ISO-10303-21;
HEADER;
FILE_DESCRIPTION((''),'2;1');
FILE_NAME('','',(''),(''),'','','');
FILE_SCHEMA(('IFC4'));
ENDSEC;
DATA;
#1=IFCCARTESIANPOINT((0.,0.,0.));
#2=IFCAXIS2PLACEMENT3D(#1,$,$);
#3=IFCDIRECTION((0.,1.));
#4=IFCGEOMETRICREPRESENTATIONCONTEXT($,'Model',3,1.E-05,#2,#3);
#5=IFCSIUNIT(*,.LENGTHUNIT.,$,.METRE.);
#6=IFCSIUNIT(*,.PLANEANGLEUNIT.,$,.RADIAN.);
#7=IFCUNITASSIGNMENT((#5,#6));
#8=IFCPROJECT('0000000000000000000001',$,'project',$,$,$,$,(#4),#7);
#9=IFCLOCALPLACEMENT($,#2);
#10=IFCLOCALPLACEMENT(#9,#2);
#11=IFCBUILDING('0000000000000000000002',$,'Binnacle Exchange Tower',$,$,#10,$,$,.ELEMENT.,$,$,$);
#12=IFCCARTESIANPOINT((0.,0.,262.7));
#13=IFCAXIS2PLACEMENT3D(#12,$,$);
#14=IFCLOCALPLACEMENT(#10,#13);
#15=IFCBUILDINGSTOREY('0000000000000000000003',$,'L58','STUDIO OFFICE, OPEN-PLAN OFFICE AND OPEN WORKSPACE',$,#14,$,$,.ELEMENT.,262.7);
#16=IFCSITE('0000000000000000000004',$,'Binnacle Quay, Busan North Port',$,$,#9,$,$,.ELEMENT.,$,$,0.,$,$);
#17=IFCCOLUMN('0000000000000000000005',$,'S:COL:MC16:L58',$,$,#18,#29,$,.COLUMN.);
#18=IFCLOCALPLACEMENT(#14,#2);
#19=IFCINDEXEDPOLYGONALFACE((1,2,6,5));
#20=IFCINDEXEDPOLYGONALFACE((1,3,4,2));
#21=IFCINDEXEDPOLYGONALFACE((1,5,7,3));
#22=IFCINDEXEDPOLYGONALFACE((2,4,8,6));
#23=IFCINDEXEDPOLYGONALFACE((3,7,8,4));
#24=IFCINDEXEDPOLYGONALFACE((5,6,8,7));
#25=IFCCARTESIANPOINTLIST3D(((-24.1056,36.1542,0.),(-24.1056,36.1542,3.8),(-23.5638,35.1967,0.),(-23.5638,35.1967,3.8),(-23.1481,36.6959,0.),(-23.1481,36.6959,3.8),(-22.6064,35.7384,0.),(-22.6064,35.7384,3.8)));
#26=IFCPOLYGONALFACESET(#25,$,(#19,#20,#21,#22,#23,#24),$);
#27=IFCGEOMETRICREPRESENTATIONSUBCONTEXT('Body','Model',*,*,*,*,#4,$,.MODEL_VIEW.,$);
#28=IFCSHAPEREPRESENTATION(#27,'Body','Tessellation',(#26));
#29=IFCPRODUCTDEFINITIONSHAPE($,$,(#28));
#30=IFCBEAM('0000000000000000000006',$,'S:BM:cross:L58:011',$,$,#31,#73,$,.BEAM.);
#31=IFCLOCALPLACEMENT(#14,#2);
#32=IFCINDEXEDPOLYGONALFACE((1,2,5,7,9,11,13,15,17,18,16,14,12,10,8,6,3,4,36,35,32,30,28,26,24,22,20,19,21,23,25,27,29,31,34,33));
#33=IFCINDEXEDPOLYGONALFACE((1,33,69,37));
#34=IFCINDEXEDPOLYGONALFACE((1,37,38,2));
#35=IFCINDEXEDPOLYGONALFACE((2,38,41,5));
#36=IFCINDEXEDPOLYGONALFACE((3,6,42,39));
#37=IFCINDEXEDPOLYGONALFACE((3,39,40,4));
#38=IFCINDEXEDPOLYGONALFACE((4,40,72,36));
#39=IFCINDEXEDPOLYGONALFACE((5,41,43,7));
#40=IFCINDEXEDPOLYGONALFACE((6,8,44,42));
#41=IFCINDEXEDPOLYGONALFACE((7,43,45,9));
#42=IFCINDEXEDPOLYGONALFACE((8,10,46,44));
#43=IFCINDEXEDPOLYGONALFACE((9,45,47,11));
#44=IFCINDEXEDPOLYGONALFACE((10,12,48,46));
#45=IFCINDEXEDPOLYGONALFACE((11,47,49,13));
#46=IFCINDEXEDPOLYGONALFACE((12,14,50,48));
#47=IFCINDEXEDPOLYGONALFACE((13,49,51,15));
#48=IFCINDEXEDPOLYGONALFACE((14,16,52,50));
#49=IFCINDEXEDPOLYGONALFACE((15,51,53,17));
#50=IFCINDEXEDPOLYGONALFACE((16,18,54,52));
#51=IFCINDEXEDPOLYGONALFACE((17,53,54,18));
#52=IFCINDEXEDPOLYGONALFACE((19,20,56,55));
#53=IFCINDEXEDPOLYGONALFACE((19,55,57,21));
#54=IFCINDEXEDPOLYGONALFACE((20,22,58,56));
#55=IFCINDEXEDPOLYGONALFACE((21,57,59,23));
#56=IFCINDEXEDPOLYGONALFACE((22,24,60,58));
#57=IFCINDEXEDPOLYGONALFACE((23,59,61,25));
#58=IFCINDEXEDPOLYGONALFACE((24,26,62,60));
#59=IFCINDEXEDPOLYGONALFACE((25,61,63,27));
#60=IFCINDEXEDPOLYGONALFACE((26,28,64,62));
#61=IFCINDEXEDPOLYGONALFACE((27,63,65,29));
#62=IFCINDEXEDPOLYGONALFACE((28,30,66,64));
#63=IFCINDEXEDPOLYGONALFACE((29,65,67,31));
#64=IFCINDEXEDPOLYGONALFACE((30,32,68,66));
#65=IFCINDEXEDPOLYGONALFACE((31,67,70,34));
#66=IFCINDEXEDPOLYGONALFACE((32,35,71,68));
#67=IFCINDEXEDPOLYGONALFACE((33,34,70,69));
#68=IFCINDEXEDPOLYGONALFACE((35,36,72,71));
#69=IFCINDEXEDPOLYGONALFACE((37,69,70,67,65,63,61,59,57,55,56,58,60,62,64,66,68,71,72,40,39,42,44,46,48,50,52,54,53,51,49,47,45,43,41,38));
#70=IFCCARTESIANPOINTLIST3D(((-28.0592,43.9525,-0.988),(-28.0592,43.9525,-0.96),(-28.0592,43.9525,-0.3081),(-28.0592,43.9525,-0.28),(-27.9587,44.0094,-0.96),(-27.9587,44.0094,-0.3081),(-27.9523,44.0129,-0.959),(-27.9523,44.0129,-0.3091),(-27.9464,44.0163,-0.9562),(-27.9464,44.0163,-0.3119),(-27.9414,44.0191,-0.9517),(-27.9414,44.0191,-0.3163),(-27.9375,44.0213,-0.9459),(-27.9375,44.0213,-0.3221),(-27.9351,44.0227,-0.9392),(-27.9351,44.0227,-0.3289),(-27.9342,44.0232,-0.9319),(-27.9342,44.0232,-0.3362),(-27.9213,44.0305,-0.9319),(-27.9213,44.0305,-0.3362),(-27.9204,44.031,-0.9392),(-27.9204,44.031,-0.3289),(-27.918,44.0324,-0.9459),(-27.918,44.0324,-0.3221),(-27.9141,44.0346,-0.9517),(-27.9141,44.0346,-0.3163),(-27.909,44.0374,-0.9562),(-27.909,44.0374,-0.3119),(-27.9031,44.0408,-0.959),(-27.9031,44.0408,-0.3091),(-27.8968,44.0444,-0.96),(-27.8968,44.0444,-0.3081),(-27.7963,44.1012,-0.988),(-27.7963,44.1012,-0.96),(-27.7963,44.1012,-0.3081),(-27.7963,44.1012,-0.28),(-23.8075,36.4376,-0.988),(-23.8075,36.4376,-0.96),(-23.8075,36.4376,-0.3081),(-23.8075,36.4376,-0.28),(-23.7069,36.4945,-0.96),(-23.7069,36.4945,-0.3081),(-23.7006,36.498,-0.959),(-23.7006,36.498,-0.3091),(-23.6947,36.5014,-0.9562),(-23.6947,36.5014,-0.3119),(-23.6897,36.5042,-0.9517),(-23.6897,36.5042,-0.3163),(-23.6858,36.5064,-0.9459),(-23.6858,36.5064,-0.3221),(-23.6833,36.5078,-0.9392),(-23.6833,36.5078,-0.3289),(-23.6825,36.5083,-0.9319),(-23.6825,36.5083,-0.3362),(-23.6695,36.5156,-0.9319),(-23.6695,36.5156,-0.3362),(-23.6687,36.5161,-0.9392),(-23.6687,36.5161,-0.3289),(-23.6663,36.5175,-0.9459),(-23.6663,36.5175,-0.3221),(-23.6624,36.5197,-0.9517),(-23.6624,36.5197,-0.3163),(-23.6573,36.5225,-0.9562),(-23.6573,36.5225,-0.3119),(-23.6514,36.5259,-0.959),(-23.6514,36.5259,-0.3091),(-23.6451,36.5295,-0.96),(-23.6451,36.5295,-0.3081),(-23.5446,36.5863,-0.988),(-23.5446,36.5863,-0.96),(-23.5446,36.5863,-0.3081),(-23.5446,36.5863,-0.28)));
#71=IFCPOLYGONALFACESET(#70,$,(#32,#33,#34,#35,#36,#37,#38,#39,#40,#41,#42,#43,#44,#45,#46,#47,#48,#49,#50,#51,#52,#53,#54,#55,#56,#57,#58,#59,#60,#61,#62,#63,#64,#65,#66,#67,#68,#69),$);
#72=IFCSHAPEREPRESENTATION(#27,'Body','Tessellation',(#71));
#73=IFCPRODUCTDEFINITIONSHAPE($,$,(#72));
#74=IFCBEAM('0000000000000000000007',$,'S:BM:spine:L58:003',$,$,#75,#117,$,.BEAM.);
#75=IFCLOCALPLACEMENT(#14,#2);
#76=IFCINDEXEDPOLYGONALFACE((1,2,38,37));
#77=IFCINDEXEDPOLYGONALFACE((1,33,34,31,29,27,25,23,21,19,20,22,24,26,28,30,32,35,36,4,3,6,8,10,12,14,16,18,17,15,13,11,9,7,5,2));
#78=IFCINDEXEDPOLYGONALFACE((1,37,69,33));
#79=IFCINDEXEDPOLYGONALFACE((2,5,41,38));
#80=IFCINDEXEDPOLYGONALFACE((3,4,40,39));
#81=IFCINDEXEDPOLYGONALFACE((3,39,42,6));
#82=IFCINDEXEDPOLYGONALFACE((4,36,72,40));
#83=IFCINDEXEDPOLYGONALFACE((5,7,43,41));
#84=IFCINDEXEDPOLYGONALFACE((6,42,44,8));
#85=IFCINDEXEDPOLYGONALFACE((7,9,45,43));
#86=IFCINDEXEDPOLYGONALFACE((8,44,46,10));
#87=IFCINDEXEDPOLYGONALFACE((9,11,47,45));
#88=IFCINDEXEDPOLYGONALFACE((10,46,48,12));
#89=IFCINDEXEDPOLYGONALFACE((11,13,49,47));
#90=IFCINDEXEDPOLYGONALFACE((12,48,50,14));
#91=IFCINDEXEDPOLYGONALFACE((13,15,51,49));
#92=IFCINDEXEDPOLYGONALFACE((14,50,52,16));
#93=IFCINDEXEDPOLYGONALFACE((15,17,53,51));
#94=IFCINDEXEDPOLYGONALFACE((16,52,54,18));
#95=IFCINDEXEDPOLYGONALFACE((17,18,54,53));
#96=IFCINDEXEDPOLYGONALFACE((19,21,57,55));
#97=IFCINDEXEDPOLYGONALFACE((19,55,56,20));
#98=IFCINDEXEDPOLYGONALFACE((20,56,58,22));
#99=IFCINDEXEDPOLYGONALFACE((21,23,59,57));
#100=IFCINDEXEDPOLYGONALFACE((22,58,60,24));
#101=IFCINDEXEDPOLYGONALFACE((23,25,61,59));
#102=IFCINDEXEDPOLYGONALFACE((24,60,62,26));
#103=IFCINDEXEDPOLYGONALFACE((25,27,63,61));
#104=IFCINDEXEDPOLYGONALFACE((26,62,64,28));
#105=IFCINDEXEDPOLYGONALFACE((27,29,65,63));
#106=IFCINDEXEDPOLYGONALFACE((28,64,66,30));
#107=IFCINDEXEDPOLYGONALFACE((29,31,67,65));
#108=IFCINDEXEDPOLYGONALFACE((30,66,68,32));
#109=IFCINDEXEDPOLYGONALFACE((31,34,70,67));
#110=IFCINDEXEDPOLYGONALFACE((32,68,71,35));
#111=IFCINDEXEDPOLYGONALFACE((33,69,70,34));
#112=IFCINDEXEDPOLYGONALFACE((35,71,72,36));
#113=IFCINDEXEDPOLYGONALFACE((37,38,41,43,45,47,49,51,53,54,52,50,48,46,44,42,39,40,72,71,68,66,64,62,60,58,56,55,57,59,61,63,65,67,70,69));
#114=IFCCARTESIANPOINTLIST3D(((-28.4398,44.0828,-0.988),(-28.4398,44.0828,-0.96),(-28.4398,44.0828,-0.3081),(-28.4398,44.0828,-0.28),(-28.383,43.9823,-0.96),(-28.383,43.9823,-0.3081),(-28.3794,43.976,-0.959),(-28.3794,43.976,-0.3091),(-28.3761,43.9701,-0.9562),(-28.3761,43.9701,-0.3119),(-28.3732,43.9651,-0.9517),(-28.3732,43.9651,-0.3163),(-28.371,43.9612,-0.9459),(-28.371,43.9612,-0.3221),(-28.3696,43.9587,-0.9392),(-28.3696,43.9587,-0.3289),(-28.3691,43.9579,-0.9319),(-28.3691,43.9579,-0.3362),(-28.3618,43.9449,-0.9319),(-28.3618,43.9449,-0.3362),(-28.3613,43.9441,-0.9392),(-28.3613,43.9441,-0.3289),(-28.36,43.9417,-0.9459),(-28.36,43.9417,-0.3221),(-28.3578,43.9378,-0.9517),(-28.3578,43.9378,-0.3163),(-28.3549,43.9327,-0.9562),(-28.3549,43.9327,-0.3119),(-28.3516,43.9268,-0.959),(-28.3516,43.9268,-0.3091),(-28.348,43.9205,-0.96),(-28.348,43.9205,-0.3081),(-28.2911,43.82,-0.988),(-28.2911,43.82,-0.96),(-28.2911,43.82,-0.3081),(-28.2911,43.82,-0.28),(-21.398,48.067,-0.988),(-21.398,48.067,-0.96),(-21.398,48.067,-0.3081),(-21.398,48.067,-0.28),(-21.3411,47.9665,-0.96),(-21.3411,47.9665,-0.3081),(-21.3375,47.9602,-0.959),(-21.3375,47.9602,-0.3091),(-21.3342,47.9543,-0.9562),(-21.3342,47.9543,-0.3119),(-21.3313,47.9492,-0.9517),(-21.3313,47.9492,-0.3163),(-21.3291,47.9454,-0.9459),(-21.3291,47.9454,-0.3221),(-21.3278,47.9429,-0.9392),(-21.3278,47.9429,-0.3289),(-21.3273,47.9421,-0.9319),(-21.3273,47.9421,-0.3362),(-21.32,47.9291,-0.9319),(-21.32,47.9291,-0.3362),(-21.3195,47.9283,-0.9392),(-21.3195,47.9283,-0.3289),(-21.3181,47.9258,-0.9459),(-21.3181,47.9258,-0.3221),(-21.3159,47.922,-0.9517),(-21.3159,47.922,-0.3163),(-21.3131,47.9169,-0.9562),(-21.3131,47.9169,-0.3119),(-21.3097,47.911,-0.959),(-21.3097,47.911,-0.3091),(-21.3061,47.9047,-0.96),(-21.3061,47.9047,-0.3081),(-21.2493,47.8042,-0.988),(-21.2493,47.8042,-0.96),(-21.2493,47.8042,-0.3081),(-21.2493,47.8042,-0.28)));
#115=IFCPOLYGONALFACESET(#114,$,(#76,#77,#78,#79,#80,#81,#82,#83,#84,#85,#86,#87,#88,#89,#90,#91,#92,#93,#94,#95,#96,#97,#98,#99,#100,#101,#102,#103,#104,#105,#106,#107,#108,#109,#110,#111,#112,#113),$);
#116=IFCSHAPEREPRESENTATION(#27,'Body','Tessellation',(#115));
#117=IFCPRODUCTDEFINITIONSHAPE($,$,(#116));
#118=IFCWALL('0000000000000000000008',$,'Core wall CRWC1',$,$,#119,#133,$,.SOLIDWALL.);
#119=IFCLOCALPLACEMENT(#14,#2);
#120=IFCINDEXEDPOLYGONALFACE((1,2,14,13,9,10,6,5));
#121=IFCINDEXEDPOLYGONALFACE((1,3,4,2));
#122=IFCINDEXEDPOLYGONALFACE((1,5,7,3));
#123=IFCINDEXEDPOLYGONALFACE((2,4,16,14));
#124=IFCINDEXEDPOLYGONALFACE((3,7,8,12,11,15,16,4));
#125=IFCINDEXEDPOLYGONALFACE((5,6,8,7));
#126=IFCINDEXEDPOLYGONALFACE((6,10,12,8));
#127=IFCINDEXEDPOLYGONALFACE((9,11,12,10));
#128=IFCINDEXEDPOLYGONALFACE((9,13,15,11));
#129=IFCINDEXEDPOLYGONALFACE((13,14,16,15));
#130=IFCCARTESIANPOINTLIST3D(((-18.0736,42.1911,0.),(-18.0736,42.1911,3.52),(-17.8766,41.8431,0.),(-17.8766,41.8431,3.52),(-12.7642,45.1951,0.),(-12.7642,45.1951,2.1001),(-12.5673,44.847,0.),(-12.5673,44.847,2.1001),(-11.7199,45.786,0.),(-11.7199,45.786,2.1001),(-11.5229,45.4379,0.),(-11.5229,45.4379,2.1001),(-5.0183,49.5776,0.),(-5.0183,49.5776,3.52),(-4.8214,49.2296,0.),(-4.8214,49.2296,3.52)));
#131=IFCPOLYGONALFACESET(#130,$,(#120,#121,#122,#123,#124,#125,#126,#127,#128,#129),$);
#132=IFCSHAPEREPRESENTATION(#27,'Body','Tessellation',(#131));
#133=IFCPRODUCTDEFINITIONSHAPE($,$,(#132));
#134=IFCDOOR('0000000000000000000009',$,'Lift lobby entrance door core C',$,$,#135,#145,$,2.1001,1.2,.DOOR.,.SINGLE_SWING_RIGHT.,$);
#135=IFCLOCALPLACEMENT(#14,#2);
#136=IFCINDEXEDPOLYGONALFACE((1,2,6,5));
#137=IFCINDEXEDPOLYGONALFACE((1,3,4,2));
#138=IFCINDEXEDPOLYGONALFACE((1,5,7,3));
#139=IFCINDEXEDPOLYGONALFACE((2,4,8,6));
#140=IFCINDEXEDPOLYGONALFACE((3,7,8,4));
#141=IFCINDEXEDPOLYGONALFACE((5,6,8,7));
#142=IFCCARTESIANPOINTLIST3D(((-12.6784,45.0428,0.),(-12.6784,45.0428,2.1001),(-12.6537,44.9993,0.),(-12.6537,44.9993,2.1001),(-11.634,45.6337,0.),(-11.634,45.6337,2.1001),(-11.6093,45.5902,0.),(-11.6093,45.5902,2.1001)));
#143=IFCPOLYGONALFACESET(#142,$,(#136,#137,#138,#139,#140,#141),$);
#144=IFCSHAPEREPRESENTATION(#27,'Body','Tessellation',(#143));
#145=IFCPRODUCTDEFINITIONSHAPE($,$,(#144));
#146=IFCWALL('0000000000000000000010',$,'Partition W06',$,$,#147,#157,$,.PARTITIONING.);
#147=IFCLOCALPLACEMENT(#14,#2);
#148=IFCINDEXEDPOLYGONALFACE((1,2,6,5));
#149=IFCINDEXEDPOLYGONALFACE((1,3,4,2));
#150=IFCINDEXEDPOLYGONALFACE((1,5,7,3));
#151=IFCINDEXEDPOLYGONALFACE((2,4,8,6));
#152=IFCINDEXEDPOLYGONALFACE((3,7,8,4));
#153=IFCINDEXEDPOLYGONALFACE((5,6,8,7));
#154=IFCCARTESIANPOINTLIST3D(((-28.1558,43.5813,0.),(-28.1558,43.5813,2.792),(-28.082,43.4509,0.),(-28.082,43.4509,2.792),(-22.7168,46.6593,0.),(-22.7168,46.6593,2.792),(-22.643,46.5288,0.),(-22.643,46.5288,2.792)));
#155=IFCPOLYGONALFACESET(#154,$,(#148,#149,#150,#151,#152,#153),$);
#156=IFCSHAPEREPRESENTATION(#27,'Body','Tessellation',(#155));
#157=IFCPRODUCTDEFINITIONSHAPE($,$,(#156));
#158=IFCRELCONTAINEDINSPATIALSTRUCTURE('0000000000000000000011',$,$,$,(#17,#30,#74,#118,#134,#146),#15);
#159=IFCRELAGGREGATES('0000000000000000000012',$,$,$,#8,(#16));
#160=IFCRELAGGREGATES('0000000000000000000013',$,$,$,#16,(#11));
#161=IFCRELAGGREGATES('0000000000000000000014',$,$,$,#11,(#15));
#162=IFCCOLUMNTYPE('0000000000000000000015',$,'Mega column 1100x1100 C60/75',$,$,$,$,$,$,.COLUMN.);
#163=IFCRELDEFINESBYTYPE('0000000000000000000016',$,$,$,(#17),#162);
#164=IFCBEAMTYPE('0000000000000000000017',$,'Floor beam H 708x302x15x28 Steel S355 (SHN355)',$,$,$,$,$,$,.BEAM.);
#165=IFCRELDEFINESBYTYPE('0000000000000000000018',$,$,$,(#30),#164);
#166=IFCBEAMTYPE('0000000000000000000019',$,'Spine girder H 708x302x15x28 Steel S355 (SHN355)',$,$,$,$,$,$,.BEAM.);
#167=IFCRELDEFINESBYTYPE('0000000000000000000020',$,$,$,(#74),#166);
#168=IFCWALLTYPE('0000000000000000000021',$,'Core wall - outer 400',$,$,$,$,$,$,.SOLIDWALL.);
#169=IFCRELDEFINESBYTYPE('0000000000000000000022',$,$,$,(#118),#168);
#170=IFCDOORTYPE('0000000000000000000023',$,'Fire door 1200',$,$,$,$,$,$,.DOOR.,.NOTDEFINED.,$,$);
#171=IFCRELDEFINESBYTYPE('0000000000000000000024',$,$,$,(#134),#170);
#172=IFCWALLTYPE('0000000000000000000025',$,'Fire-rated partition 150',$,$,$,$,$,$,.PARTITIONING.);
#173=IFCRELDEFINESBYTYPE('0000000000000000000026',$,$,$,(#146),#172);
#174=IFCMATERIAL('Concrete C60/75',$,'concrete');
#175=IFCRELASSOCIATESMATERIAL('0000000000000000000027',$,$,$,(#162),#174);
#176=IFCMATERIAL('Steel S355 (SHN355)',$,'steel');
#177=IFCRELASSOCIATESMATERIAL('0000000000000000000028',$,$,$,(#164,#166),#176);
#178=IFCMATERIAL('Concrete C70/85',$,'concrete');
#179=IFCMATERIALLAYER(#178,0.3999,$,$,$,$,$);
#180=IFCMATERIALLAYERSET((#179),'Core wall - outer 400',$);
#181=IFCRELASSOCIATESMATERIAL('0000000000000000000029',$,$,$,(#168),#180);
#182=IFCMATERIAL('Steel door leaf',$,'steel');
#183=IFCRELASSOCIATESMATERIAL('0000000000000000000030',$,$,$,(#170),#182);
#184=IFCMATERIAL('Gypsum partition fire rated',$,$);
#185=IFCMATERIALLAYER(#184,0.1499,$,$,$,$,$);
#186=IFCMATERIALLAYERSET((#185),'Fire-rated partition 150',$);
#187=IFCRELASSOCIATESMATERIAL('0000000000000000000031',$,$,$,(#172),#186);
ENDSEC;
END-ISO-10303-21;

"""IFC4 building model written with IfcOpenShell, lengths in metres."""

from ifc_helpers import new_model, si_unit, direction, frame, frame_2d, origin, origin_2d, place, context, subcontext, project, spatial, rectangle, i_section, extrude, material, layer, layer_set, material_profile, profile_set, type_object, element, fill, save


model = new_model("IFC4")

# Units and contexts
model_context = context("Model", 3, precision=1e-05, world=origin(), true_north=direction((0.0, 1.0)))
body_context = subcontext(model_context, "Body", "Model", "MODEL_VIEW")
ifc_project = project(units=[si_unit("LENGTHUNIT", "METRE"), si_unit("PLANEANGLEUNIT", "RADIAN")], contexts=[model_context])

# Site, building, storey
site_placement = place(None, origin())
site = spatial("IfcSite", under=ifc_project, at=site_placement, Name="Binnacle Quay, Busan North Port", CompositionType="ELEMENT", RefElevation=0.0)
building_placement = place(site_placement, origin())
building = spatial("IfcBuilding", under=site, at=building_placement, Name="Binnacle Exchange Tower", CompositionType="ELEMENT")
storey_placement = place(building_placement, frame((0.0, 0.0, 262.7)))
storey = spatial("IfcBuildingStorey", under=building, at=storey_placement, Name="L58", Description="STUDIO OFFICE, OPEN-PLAN OFFICE AND OPEN WORKSPACE", CompositionType="ELEMENT", Elevation=262.7)

# Column
ifc_material_1 = material(Name="Concrete C60/75", Category="concrete")
ifc_material_profile_1 = material_profile(ifc_material_1, rectangle(XDim=1.1001, YDim=1.1001, at=origin_2d()), Name="Mega column 1100x1100 C60/75")
ifc_profile_set_1 = profile_set([ifc_material_profile_1], Name="Concrete C60/75")
column_type = type_object("IfcColumnType", Name="Mega column 1100x1100 C60/75", PredefinedType="COLUMN", material=ifc_profile_set_1)
column_placement = place(storey_placement, frame((-23.356, 35.9463, 0.0), z_axis=(0.0, 0.0, 1.0), x_axis=(0.870356, 0.492424, 0.0)))
element("IfcColumn", 1, at=column_placement, inside=storey, type_object=column_type, Name="S:COL:MC16:L58", PredefinedType="COLUMN", context=body_context, shape_type="SweptSolid", body=[
    extrude(rectangle(XDim=1.1001, YDim=1.1001, at=origin_2d()), origin(), (0.0, 0.0, 1.0), 3.8),
])

# Beams
ifc_material_2 = material(Name="Steel S355 (SHN355)", Category="steel")
ifc_material_profile_2 = material_profile(ifc_material_2, i_section(OverallWidth=0.302, OverallDepth=0.708, WebThickness=0.0149, FlangeThickness=0.0281, FilletRadius=0.0281, at=origin_2d()), Name="H 708x302x15x28")
ifc_profile_set_2 = profile_set([ifc_material_profile_2], Name="Steel S355 (SHN355)")
beam_type_1 = type_object("IfcBeamType", Name="Floor beam H 708x302x15x28 Steel S355 (SHN355)", PredefinedType="BEAM", material=ifc_profile_set_2)
beam_1_placement = place(storey_placement, frame((-23.676, 36.512, -0.634), z_axis=(-0.492422, 0.870356, 0.0), x_axis=(-0.870356, -0.492422, 0.0)))
element("IfcBeam", 2, at=beam_1_placement, inside=storey, type_object=beam_type_1, Name="S:BM:cross:L58:011", PredefinedType="BEAM", context=body_context, shape_type="SweptSolid", body=[
    extrude(i_section(OverallWidth=0.302, OverallDepth=0.708, WebThickness=0.0149, FlangeThickness=0.0281, FilletRadius=0.0281, at=origin_2d()), origin(), (0.0, 0.0, 1.0), 8.6343),
])
ifc_material_profile_3 = material_profile(ifc_material_2, i_section(OverallWidth=0.302, OverallDepth=0.708, WebThickness=0.0149, FlangeThickness=0.0281, FilletRadius=0.0281, at=origin_2d()), Name="H 708x302x15x28")
ifc_profile_set_3 = profile_set([ifc_material_profile_3], Name="Steel S355 (SHN355)")
beam_type_2 = type_object("IfcBeamType", Name="Spine girder H 708x302x15x28 Steel S355 (SHN355)", PredefinedType="BEAM", material=ifc_profile_set_3)
beam_2_placement = place(storey_placement, frame((-28.3655, 43.9514, -0.634), z_axis=(0.87035, 0.492433, 0.0), x_axis=(-0.492433, 0.87035, 0.0)))
element("IfcBeam", 3, at=beam_2_placement, inside=storey, type_object=beam_type_2, Name="S:BM:spine:L58:003", PredefinedType="BEAM", context=body_context, shape_type="SweptSolid", body=[
    extrude(i_section(OverallWidth=0.302, OverallDepth=0.708, WebThickness=0.0149, FlangeThickness=0.0281, FilletRadius=0.0281, at=origin_2d()), origin(), (0.0, 0.0, 1.0), 8.0908),
])

# Wall, opening, door
ifc_material_3 = material(Name="Concrete C70/85", Category="concrete")
ifc_layer_1 = layer(ifc_material_3, 0.3999)
ifc_layer_set_1 = layer_set([ifc_layer_1], Name="Core wall - outer 400")
wall_type_1 = type_object("IfcWallType", Name="Core wall - outer 400", PredefinedType="SOLIDWALL", material=ifc_layer_set_1)
wall_1_placement = place(storey_placement, frame((-17.9751, 42.0171, 0.0), z_axis=(0.0, 0.0, 1.0), x_axis=(0.87035, 0.492434, 0.0)))
wall_1 = element("IfcWall", 4, at=wall_1_placement, inside=storey, type_object=wall_type_1, Name="Core wall CRWC1", PredefinedType="SOLIDWALL", context=body_context, shape_type="SweptSolid", body=[
    extrude(rectangle(XDim=15.0, YDim=0.3999, at=frame_2d((7.5, 0.0))), origin(), (0.0, 0.0, 1.0), 3.52),
])
opening_1_placement = place(wall_1_placement, frame((6.1001, 0.0, 0.0)))
opening_1 = element("IfcOpeningElement", 5, at=opening_1_placement, cuts=wall_1, PredefinedType="OPENING", context=body_context, shape_type="SweptSolid", body=[
    extrude(rectangle(XDim=1.2, YDim=2.1001, at=frame_2d((0.6001, 1.05))), frame((0.0, 0.21, 0.0), z_axis=(0.0, -1.0, 0.0), x_axis=(1.0, 0.0, 0.0)), (0.0, 0.0, 1.0), 0.4199),
])
ifc_material_4 = material(Name="Steel door leaf", Category="steel")
door_type_1 = type_object("IfcDoorType", Name="Fire door 1200", OperationType="NOTDEFINED", PredefinedType="DOOR", material=ifc_material_4)
door_1_placement = place(opening_1_placement, frame((1.2, 0.0, 0.0), z_axis=(0.0, 0.0, 1.0), x_axis=(-1.0, 0.0, 0.0)))
door_1 = element("IfcDoor", 6, at=door_1_placement, inside=storey, type_object=door_type_1, Name="Lift lobby entrance door core C", OperationType="SINGLE_SWING_RIGHT", OverallHeight=2.1001, OverallWidth=1.2, PredefinedType="DOOR", context=body_context, shape_type="SweptSolid", body=[
    extrude(rectangle(XDim=1.2, YDim=2.1001, at=frame_2d((0.6001, 1.05))), frame((0.0, 0.0249, 0.0), z_axis=(0.0, -1.0, 0.0), x_axis=(1.0, 0.0, 0.0)), (0.0, 0.0, 1.0), 0.05),
])
fill(opening_1, door_1)

# Wall
ifc_material_5 = material(Name="Gypsum partition fire rated")
ifc_layer_2 = layer(ifc_material_5, 0.1499)
ifc_layer_set_2 = layer_set([ifc_layer_2], Name="Fire-rated partition 150")
wall_type_2 = type_object("IfcWallType", Name="Fire-rated partition 150", PredefinedType="PARTITIONING", material=ifc_layer_set_2)
wall_2_placement = place(storey_placement, frame((-28.1189, 43.5161, 0.0), z_axis=(0.0, 0.0, 1.0), x_axis=(0.87031, 0.492504, 0.0)))
element("IfcWall", 7, at=wall_2_placement, inside=storey, type_object=wall_type_2, Name="Partition W06", PredefinedType="PARTITIONING", context=body_context, shape_type="SweptSolid", body=[
    extrude(rectangle(XDim=6.2495, YDim=0.1499, at=frame_2d((3.1248, 0.0))), origin(), (0.0, 0.0, 1.0), 2.792),
])

save(model, "model.ifc")
